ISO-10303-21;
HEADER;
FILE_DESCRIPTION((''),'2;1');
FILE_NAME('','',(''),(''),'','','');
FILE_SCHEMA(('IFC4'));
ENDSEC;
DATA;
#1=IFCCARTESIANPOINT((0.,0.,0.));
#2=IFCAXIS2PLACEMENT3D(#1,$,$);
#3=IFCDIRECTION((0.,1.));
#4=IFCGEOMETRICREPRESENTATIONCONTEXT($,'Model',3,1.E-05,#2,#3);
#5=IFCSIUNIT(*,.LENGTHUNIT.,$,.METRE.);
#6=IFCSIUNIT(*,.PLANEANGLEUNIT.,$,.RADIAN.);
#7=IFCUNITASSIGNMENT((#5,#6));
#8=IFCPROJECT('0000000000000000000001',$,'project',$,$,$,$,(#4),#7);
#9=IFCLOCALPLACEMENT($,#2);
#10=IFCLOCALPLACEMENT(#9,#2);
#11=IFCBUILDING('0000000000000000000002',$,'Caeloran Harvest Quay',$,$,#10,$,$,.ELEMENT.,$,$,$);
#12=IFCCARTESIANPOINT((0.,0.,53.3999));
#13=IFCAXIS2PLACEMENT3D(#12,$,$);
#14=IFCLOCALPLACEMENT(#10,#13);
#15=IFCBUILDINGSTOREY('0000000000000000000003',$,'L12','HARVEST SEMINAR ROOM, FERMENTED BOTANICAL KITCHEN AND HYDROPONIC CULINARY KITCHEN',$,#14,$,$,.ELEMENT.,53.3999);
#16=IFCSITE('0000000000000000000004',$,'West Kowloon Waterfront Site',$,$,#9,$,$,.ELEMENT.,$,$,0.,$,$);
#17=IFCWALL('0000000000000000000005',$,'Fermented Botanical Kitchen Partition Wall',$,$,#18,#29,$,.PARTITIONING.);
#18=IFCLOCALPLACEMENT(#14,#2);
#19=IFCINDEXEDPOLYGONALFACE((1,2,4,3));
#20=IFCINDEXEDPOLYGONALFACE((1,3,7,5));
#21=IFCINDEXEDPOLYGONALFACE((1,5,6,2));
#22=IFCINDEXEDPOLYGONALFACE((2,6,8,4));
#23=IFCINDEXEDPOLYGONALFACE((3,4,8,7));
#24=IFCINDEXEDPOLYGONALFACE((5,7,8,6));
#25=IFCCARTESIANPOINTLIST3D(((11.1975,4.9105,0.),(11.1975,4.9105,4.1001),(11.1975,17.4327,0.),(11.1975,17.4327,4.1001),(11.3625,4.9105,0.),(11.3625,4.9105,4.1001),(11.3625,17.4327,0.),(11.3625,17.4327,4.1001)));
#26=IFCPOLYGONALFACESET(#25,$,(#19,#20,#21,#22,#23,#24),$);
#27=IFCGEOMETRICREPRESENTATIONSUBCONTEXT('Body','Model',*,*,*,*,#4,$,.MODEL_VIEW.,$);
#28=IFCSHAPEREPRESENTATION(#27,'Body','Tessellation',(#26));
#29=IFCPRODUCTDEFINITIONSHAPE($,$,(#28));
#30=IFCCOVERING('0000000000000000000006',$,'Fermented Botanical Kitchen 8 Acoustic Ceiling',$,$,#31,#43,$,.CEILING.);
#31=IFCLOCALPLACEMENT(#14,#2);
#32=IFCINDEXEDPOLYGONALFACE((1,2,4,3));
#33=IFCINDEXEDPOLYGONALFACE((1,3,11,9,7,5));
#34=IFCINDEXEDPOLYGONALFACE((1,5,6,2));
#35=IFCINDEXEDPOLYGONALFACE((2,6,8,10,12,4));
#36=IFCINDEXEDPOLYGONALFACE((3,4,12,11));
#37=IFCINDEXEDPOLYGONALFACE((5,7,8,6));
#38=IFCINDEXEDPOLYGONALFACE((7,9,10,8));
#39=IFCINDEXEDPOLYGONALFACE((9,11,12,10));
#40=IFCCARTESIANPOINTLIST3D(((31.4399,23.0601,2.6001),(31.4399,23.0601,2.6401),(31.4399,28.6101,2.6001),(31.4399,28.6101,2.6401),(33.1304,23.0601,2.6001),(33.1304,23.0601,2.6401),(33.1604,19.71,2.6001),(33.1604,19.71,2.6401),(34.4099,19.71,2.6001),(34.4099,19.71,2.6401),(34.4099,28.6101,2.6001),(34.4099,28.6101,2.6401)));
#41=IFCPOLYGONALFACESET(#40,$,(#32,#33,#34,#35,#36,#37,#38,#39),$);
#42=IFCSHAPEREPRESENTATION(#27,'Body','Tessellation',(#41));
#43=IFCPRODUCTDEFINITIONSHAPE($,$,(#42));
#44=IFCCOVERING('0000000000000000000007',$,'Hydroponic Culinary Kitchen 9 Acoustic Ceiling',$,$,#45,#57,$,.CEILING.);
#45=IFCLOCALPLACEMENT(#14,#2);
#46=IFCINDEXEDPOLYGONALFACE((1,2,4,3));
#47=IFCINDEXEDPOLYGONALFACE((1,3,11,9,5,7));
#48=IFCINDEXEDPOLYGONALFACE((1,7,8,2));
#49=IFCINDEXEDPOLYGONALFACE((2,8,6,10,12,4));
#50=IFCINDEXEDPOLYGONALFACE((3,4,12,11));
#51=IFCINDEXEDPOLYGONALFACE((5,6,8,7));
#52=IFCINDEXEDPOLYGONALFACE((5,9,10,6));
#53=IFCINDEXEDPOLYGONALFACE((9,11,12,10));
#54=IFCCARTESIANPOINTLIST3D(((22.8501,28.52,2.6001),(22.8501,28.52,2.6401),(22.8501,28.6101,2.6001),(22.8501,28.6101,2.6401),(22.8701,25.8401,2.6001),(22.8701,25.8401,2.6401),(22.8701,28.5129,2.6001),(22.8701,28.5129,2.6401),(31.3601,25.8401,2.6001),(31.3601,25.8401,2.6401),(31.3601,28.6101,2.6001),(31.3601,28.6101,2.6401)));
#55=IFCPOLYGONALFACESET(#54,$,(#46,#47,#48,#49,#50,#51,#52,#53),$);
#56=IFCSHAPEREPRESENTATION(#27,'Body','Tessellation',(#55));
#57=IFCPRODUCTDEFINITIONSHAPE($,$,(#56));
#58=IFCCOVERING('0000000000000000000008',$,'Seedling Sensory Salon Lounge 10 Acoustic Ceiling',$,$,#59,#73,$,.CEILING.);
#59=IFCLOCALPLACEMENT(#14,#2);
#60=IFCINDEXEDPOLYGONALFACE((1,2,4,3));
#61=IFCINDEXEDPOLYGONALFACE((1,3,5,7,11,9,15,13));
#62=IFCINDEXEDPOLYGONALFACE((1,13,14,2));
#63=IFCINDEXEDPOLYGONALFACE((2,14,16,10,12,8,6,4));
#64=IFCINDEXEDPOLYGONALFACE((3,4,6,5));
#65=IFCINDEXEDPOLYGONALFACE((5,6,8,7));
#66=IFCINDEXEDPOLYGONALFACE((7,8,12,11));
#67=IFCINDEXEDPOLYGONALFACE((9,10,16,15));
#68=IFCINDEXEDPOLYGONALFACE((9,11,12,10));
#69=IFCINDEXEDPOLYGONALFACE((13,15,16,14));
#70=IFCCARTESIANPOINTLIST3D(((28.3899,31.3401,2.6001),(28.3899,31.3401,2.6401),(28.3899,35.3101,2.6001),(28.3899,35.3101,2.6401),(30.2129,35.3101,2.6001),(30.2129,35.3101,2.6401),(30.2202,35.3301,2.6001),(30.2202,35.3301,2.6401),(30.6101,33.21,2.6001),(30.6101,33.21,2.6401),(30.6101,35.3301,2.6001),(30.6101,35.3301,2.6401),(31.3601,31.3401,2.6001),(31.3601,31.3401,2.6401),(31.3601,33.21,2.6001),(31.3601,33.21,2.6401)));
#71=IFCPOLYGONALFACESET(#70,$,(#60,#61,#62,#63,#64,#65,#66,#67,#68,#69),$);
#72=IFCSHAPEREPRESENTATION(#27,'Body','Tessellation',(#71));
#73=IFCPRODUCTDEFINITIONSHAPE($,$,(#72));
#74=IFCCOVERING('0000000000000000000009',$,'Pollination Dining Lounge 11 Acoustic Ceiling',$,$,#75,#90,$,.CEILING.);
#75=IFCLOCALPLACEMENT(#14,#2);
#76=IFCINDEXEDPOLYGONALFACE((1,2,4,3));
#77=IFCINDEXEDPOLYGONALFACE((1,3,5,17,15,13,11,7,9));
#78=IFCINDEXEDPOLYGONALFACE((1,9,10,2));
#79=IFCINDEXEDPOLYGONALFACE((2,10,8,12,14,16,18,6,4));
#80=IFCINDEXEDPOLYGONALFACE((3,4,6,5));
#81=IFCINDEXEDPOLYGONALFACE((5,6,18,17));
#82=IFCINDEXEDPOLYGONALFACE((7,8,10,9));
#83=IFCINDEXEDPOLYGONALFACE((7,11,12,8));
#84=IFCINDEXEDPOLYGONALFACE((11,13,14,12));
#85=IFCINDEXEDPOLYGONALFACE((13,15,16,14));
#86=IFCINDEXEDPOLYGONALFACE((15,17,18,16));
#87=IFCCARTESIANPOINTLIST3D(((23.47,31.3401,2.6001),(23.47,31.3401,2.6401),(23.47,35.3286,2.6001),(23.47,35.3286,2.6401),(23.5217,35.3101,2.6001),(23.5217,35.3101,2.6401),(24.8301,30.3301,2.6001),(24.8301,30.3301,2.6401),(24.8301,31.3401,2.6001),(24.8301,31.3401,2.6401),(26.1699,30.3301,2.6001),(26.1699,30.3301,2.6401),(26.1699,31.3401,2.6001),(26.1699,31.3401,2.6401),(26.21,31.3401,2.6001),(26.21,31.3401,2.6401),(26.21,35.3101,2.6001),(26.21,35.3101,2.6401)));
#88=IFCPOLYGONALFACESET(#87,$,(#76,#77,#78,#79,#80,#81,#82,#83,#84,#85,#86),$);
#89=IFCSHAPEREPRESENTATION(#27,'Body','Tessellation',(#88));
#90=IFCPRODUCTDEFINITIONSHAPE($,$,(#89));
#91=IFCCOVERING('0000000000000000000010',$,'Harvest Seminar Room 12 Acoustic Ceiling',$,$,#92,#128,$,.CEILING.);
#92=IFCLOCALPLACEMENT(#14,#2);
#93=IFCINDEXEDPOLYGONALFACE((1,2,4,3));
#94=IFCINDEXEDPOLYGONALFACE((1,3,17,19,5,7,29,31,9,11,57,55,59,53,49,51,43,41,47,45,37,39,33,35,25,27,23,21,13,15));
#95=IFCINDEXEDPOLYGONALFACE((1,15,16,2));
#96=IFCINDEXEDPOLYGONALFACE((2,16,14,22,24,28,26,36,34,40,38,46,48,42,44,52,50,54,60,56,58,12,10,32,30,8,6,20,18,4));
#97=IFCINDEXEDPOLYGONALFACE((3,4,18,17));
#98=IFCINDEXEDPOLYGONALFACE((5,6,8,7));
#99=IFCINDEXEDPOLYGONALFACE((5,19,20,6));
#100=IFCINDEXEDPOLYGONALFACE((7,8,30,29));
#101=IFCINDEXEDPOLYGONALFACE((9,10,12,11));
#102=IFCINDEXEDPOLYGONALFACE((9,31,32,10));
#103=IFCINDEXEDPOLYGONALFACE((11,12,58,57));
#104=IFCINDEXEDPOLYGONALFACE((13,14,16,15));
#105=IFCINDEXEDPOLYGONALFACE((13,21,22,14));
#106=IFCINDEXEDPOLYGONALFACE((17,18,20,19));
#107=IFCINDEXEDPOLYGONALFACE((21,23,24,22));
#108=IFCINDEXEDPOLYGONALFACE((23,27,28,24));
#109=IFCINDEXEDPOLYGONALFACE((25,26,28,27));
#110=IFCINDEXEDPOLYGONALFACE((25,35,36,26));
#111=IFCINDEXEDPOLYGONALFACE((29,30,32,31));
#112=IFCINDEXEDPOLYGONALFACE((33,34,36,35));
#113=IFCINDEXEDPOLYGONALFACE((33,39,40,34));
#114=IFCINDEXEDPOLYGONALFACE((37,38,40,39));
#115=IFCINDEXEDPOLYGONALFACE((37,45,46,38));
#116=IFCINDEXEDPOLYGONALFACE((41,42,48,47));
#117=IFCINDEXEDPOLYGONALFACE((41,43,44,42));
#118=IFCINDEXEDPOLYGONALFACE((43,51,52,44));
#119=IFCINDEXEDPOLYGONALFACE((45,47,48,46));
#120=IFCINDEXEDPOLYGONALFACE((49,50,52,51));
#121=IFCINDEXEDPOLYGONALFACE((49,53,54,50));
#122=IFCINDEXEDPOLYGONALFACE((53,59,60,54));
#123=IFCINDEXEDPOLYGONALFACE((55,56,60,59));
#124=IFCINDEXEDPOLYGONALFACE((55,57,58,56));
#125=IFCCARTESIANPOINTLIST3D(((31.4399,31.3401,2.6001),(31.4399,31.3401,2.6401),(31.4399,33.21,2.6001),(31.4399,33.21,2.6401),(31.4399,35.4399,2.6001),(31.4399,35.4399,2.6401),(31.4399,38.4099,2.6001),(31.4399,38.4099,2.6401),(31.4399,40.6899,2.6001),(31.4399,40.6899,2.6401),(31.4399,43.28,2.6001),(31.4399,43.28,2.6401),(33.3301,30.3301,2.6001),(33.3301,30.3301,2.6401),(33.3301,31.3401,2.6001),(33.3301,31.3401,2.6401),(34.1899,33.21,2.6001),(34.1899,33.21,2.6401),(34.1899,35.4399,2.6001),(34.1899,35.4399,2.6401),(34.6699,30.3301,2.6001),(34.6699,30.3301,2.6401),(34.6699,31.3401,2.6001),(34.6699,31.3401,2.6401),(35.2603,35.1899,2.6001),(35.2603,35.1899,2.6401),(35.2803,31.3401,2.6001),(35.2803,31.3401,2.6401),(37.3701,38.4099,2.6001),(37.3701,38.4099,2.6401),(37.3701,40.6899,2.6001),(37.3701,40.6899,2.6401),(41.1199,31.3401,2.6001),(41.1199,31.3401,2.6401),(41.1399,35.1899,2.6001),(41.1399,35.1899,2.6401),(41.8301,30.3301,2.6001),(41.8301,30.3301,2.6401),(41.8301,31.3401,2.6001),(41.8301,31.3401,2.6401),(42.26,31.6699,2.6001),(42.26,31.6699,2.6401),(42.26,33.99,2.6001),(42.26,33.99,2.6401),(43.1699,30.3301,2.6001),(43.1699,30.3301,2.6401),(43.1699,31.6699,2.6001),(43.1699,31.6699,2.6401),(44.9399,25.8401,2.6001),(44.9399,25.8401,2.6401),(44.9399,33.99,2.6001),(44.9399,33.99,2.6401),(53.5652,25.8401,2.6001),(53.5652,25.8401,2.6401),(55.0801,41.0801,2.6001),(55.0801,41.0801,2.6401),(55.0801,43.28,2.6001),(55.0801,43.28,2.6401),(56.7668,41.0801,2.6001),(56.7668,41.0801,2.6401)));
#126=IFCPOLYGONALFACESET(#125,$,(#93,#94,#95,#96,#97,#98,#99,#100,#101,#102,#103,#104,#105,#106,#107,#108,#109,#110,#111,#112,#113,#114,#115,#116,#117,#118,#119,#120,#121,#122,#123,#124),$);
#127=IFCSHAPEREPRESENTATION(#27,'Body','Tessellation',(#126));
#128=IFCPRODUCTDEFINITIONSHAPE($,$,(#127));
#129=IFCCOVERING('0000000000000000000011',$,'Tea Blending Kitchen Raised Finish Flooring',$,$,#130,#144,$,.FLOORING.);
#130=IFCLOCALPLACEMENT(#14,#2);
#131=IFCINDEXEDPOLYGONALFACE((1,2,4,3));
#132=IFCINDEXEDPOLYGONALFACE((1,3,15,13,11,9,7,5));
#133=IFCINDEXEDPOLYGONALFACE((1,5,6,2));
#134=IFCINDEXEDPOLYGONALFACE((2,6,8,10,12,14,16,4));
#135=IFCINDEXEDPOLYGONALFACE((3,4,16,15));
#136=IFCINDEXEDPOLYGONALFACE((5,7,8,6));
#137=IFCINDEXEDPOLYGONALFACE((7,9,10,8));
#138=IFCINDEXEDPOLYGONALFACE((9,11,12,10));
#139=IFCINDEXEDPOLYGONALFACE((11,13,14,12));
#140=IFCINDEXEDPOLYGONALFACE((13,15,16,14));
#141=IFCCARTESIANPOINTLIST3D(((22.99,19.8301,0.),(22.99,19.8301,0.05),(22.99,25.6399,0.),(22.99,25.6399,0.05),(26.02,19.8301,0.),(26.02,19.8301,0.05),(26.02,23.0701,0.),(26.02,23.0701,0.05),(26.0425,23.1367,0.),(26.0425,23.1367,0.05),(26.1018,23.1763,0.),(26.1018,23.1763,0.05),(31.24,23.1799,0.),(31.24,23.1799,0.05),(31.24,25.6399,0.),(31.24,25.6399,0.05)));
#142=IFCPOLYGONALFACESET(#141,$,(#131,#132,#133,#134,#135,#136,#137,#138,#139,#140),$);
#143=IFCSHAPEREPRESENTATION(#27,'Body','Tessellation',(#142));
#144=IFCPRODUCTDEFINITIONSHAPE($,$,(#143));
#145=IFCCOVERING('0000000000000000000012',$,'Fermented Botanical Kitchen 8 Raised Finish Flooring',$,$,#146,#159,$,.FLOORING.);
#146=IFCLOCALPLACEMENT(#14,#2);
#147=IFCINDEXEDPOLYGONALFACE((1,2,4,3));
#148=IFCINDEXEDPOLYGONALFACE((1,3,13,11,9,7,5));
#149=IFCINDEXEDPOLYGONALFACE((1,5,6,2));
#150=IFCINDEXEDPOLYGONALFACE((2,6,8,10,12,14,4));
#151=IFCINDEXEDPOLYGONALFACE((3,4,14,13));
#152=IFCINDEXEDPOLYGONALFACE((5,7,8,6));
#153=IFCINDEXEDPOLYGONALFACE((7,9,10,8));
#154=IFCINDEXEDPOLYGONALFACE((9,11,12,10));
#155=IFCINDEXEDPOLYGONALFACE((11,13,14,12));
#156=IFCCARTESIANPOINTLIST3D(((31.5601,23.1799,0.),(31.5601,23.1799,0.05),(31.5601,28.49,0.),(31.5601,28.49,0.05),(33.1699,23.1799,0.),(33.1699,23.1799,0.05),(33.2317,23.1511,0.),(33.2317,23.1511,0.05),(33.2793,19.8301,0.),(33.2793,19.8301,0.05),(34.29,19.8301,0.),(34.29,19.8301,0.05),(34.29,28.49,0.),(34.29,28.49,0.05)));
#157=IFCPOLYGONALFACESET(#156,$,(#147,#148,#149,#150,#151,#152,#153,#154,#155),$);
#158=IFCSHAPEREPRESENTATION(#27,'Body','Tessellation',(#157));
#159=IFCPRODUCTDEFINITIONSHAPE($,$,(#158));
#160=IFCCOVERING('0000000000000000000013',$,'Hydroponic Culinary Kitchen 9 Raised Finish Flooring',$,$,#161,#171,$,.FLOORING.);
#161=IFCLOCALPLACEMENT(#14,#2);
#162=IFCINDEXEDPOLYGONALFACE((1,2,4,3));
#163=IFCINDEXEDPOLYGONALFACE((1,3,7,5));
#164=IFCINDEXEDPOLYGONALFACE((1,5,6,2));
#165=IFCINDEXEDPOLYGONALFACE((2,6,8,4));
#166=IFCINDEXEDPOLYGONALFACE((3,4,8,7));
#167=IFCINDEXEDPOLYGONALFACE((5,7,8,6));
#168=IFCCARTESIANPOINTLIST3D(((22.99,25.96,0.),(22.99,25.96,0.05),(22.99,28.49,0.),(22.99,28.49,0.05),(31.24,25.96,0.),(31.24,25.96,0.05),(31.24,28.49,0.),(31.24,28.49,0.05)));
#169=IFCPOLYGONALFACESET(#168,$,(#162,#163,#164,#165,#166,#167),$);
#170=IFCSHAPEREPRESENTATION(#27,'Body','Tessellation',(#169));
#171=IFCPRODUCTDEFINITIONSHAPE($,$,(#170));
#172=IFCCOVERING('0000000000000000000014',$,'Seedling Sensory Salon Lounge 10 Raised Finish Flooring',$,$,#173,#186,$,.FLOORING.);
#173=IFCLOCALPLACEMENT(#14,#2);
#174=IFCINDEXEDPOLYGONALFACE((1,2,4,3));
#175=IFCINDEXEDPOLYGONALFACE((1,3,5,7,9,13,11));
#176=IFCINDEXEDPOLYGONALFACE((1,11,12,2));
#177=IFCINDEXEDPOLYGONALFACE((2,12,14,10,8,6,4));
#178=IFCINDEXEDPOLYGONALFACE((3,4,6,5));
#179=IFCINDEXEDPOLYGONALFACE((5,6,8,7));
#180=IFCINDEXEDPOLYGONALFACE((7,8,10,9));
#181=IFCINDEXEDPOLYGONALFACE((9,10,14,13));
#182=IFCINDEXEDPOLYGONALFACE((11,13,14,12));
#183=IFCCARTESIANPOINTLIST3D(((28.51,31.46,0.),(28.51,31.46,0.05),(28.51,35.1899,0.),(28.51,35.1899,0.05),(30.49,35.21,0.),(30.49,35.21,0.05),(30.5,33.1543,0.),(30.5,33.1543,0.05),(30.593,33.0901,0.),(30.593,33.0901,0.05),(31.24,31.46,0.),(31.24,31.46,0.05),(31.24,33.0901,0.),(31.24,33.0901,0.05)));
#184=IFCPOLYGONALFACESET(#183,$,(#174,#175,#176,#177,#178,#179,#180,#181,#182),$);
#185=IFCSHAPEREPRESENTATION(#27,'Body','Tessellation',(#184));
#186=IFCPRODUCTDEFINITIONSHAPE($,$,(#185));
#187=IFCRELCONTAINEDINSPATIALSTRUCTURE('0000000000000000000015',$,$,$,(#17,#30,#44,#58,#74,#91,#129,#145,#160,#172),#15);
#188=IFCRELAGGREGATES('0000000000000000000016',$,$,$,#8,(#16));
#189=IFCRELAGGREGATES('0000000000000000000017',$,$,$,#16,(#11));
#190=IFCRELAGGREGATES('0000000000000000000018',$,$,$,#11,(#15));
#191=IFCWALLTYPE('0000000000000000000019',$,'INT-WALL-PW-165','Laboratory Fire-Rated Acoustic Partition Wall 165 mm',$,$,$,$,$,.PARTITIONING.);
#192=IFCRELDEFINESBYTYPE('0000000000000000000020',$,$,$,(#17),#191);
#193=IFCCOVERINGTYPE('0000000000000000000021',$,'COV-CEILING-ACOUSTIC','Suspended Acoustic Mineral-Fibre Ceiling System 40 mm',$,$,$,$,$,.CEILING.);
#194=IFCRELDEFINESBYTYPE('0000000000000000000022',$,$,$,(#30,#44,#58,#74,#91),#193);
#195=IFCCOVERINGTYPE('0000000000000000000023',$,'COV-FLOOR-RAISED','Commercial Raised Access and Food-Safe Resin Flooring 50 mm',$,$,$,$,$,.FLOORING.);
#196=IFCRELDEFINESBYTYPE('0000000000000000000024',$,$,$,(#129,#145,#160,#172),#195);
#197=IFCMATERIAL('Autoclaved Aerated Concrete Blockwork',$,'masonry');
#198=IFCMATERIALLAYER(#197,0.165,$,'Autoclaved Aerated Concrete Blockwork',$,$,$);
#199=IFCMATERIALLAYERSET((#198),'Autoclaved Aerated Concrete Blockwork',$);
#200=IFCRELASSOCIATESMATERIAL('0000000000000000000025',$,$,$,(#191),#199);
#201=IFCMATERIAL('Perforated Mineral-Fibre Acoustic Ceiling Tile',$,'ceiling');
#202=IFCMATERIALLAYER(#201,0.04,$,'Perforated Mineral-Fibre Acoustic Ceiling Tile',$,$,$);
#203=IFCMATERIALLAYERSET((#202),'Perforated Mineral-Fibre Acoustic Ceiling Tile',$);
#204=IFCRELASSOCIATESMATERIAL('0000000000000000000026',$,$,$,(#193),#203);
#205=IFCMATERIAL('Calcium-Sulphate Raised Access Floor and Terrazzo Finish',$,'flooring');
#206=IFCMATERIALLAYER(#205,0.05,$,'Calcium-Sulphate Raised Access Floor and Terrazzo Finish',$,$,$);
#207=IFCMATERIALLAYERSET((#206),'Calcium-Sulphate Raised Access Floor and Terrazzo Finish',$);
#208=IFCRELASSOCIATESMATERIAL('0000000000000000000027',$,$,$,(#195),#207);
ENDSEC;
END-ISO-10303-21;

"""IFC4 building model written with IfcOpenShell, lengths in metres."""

from ifc_helpers import new_model, si_unit, direction, frame, frame_2d, origin, place, context, subcontext, project, spatial, polyline, rectangle, outline, extrude, material, layer, layer_set, type_object, element, save


model = new_model("IFC4")

# Units and contexts
model_context = context("Model", 3, precision=1e-05, world=origin(), true_north=direction((0.0, 1.0)))
body_context = subcontext(model_context, "Body", "Model", "MODEL_VIEW")
ifc_project = project(units=[si_unit("LENGTHUNIT", "METRE"), si_unit("PLANEANGLEUNIT", "RADIAN")], contexts=[model_context])

# Site, building, storey
site_placement = place(None, origin())
site = spatial("IfcSite", under=ifc_project, at=site_placement, Name="West Kowloon Waterfront Site", CompositionType="ELEMENT", RefElevation=0.0)
building_placement = place(site_placement, origin())
building = spatial("IfcBuilding", under=site, at=building_placement, Name="Caeloran Harvest Quay", CompositionType="ELEMENT")
storey_placement = place(building_placement, frame((0.0, 0.0, 53.3999)))
storey = spatial("IfcBuildingStorey", under=building, at=storey_placement, Name="L12", Description="HARVEST SEMINAR ROOM, FERMENTED BOTANICAL KITCHEN AND HYDROPONIC CULINARY KITCHEN", CompositionType="ELEMENT", Elevation=53.3999)

# Wall
ifc_material_1 = material(Name="Autoclaved Aerated Concrete Blockwork", Category="masonry")
ifc_layer_1 = layer(ifc_material_1, 0.165, Name="Autoclaved Aerated Concrete Blockwork")
ifc_layer_set_1 = layer_set([ifc_layer_1], Name="Autoclaved Aerated Concrete Blockwork")
wall_type_1 = type_object("IfcWallType", Name="INT-WALL-PW-165", Description="Laboratory Fire-Rated Acoustic Partition Wall 165 mm", PredefinedType="PARTITIONING", material=ifc_layer_set_1)
wall_1_placement = place(storey_placement, frame((11.28, 4.9104, 0.0), z_axis=(0.0, 0.0, 1.0), x_axis=(0.0, 1.0, 0.0)))
element("IfcWall", 1, at=wall_1_placement, inside=storey, type_object=wall_type_1, Name="Fermented Botanical Kitchen Partition Wall", PredefinedType="PARTITIONING", context=body_context, shape_type="SweptSolid", body=[
    extrude(rectangle(XDim=12.5222, YDim=0.165, at=frame_2d((6.2612, 0.0))), origin(), (0.0, 0.0, 1.0), 4.1001),
])

# Coverings
ifc_material_2 = material(Name="Perforated Mineral-Fibre Acoustic Ceiling Tile", Category="ceiling")
ifc_layer_2 = layer(ifc_material_2, 0.04, Name="Perforated Mineral-Fibre Acoustic Ceiling Tile")
ifc_layer_set_2 = layer_set([ifc_layer_2], Name="Perforated Mineral-Fibre Acoustic Ceiling Tile")
covering_type_1 = type_object("IfcCoveringType", Name="COV-CEILING-ACOUSTIC", Description="Suspended Acoustic Mineral-Fibre Ceiling System 40 mm", PredefinedType="CEILING", material=ifc_layer_set_2)
covering_1_placement = place(storey_placement, frame((0.0, 0.0, 2.6001)))
element("IfcCovering", 2, at=covering_1_placement, inside=storey, type_object=covering_type_1, Name="Fermented Botanical Kitchen 8 Acoustic Ceiling", PredefinedType="CEILING", context=body_context, shape_type="SweptSolid", body=[
    extrude(outline(polyline([(31.4399, 28.6101), (34.4099, 28.6101), (34.4099, 19.71), (33.1604, 19.71), (33.1304, 23.0601), (31.4399, 23.0601), (31.4399, 28.6101)])), origin(), (0.0, 0.0, 1.0), 0.04),
])
covering_2_placement = place(storey_placement, frame((0.0, 0.0, 2.6001)))
element("IfcCovering", 3, at=covering_2_placement, inside=storey, type_object=covering_type_1, Name="Hydroponic Culinary Kitchen 9 Acoustic Ceiling", PredefinedType="CEILING", context=body_context, shape_type="SweptSolid", body=[
    extrude(outline(polyline([(22.8701, 28.5129), (22.8501, 28.52), (22.8501, 28.6101), (31.3601, 28.6101), (31.3601, 25.8401), (22.8701, 25.8401), (22.8701, 28.5129)])), origin(), (0.0, 0.0, 1.0), 0.04),
])
covering_3_placement = place(storey_placement, frame((0.0, 0.0, 2.6001)))
element("IfcCovering", 4, at=covering_3_placement, inside=storey, type_object=covering_type_1, Name="Seedling Sensory Salon Lounge 10 Acoustic Ceiling", PredefinedType="CEILING", context=body_context, shape_type="SweptSolid", body=[
    extrude(outline(polyline([(30.2129, 35.3101), (30.2202, 35.3301), (30.6101, 35.3301), (30.6101, 33.21), (31.3601, 33.21), (31.3601, 31.3401), (28.3899, 31.3401), (28.3899, 35.3101), (30.2129, 35.3101)])), origin(), (0.0, 0.0, 1.0), 0.04),
])
covering_4_placement = place(storey_placement, frame((0.0, 0.0, 2.6001)))
element("IfcCovering", 5, at=covering_4_placement, inside=storey, type_object=covering_type_1, Name="Pollination Dining Lounge 11 Acoustic Ceiling", PredefinedType="CEILING", context=body_context, shape_type="SweptSolid", body=[
    extrude(outline(polyline([(26.1699, 30.3301), (24.8301, 30.3301), (24.8301, 31.3401), (23.47, 31.3401), (23.47, 35.3286), (23.5217, 35.3101), (26.21, 35.3101), (26.21, 31.3401), (26.1699, 31.3401), (26.1699, 30.3301)])), origin(), (0.0, 0.0, 1.0), 0.04),
])
covering_5_placement = place(storey_placement, frame((0.0, 0.0, 2.6001)))
element("IfcCovering", 6, at=covering_5_placement, inside=storey, type_object=covering_type_1, Name="Harvest Seminar Room 12 Acoustic Ceiling", PredefinedType="CEILING", context=body_context, shape_type="SweptSolid", body=[
    extrude(outline(polyline([(33.3301, 31.3401), (31.4399, 31.3401), (31.4399, 33.21), (34.1899, 33.21), (34.1899, 35.4399), (31.4399, 35.4399), (31.4399, 38.4099), (37.3701, 38.4099), (37.3701, 40.6899), (31.4399, 40.6899), (31.4399, 43.28), (55.0801, 43.28), (55.0801, 41.0801), (56.7668, 41.0801), (53.5652, 25.8401), (44.9399, 25.8401), (44.9399, 33.99), (42.26, 33.99), (42.26, 31.6699), (43.1699, 31.6699), (43.1699, 30.3301), (41.8301, 30.3301), (41.8301, 31.3401), (41.1199, 31.3401), (41.1399, 35.1899), (35.2603, 35.1899), (35.2803, 31.3401), (34.6699, 31.3401), (34.6699, 30.3301), (33.3301, 30.3301), (33.3301, 31.3401)])), origin(), (0.0, 0.0, 1.0), 0.04),
])
ifc_material_3 = material(Name="Calcium-Sulphate Raised Access Floor and Terrazzo Finish", Category="flooring")
ifc_layer_3 = layer(ifc_material_3, 0.05, Name="Calcium-Sulphate Raised Access Floor and Terrazzo Finish")
ifc_layer_set_3 = layer_set([ifc_layer_3], Name="Calcium-Sulphate Raised Access Floor and Terrazzo Finish")
covering_type_2 = type_object("IfcCoveringType", Name="COV-FLOOR-RAISED", Description="Commercial Raised Access and Food-Safe Resin Flooring 50 mm", PredefinedType="FLOORING", material=ifc_layer_set_3)
covering_6_placement = place(storey_placement, origin())
element("IfcCovering", 7, at=covering_6_placement, inside=storey, type_object=covering_type_2, Name="Tea Blending Kitchen Raised Finish Flooring", PredefinedType="FLOORING", context=body_context, shape_type="SweptSolid", body=[
    extrude(outline(polyline([(26.1018, 23.1763), (26.0425, 23.1367), (26.02, 23.0701), (26.02, 19.8301), (22.99, 19.8301), (22.99, 25.6399), (31.24, 25.6399), (31.24, 23.1799), (26.1018, 23.1763)])), origin(), (0.0, 0.0, 1.0), 0.05),
])
covering_7_placement = place(storey_placement, origin())
element("IfcCovering", 8, at=covering_7_placement, inside=storey, type_object=covering_type_2, Name="Fermented Botanical Kitchen 8 Raised Finish Flooring", PredefinedType="FLOORING", context=body_context, shape_type="SweptSolid", body=[
    extrude(outline(polyline([(31.5601, 28.49), (34.29, 28.49), (34.29, 19.8301), (33.2793, 19.8301), (33.2317, 23.1511), (33.1699, 23.1799), (31.5601, 23.1799), (31.5601, 28.49)])), origin(), (0.0, 0.0, 1.0), 0.05),
])
covering_8_placement = place(storey_placement, origin())
element("IfcCovering", 9, at=covering_8_placement, inside=storey, type_object=covering_type_2, Name="Hydroponic Culinary Kitchen 9 Raised Finish Flooring", PredefinedType="FLOORING", context=body_context, shape_type="SweptSolid", body=[
    extrude(outline(polyline([(22.99, 28.49), (31.24, 28.49), (31.24, 25.96), (22.99, 25.96), (22.99, 28.49)])), origin(), (0.0, 0.0, 1.0), 0.05),
])
covering_9_placement = place(storey_placement, origin())
element("IfcCovering", 10, at=covering_9_placement, inside=storey, type_object=covering_type_2, Name="Seedling Sensory Salon Lounge 10 Raised Finish Flooring", PredefinedType="FLOORING", context=body_context, shape_type="SweptSolid", body=[
    extrude(outline(polyline([(28.51, 35.1899), (30.49, 35.21), (30.5, 33.1543), (30.593, 33.0901), (31.24, 33.0901), (31.24, 31.46), (28.51, 31.46), (28.51, 35.1899)])), origin(), (0.0, 0.0, 1.0), 0.05),
])

save(model, "model.ifc")
